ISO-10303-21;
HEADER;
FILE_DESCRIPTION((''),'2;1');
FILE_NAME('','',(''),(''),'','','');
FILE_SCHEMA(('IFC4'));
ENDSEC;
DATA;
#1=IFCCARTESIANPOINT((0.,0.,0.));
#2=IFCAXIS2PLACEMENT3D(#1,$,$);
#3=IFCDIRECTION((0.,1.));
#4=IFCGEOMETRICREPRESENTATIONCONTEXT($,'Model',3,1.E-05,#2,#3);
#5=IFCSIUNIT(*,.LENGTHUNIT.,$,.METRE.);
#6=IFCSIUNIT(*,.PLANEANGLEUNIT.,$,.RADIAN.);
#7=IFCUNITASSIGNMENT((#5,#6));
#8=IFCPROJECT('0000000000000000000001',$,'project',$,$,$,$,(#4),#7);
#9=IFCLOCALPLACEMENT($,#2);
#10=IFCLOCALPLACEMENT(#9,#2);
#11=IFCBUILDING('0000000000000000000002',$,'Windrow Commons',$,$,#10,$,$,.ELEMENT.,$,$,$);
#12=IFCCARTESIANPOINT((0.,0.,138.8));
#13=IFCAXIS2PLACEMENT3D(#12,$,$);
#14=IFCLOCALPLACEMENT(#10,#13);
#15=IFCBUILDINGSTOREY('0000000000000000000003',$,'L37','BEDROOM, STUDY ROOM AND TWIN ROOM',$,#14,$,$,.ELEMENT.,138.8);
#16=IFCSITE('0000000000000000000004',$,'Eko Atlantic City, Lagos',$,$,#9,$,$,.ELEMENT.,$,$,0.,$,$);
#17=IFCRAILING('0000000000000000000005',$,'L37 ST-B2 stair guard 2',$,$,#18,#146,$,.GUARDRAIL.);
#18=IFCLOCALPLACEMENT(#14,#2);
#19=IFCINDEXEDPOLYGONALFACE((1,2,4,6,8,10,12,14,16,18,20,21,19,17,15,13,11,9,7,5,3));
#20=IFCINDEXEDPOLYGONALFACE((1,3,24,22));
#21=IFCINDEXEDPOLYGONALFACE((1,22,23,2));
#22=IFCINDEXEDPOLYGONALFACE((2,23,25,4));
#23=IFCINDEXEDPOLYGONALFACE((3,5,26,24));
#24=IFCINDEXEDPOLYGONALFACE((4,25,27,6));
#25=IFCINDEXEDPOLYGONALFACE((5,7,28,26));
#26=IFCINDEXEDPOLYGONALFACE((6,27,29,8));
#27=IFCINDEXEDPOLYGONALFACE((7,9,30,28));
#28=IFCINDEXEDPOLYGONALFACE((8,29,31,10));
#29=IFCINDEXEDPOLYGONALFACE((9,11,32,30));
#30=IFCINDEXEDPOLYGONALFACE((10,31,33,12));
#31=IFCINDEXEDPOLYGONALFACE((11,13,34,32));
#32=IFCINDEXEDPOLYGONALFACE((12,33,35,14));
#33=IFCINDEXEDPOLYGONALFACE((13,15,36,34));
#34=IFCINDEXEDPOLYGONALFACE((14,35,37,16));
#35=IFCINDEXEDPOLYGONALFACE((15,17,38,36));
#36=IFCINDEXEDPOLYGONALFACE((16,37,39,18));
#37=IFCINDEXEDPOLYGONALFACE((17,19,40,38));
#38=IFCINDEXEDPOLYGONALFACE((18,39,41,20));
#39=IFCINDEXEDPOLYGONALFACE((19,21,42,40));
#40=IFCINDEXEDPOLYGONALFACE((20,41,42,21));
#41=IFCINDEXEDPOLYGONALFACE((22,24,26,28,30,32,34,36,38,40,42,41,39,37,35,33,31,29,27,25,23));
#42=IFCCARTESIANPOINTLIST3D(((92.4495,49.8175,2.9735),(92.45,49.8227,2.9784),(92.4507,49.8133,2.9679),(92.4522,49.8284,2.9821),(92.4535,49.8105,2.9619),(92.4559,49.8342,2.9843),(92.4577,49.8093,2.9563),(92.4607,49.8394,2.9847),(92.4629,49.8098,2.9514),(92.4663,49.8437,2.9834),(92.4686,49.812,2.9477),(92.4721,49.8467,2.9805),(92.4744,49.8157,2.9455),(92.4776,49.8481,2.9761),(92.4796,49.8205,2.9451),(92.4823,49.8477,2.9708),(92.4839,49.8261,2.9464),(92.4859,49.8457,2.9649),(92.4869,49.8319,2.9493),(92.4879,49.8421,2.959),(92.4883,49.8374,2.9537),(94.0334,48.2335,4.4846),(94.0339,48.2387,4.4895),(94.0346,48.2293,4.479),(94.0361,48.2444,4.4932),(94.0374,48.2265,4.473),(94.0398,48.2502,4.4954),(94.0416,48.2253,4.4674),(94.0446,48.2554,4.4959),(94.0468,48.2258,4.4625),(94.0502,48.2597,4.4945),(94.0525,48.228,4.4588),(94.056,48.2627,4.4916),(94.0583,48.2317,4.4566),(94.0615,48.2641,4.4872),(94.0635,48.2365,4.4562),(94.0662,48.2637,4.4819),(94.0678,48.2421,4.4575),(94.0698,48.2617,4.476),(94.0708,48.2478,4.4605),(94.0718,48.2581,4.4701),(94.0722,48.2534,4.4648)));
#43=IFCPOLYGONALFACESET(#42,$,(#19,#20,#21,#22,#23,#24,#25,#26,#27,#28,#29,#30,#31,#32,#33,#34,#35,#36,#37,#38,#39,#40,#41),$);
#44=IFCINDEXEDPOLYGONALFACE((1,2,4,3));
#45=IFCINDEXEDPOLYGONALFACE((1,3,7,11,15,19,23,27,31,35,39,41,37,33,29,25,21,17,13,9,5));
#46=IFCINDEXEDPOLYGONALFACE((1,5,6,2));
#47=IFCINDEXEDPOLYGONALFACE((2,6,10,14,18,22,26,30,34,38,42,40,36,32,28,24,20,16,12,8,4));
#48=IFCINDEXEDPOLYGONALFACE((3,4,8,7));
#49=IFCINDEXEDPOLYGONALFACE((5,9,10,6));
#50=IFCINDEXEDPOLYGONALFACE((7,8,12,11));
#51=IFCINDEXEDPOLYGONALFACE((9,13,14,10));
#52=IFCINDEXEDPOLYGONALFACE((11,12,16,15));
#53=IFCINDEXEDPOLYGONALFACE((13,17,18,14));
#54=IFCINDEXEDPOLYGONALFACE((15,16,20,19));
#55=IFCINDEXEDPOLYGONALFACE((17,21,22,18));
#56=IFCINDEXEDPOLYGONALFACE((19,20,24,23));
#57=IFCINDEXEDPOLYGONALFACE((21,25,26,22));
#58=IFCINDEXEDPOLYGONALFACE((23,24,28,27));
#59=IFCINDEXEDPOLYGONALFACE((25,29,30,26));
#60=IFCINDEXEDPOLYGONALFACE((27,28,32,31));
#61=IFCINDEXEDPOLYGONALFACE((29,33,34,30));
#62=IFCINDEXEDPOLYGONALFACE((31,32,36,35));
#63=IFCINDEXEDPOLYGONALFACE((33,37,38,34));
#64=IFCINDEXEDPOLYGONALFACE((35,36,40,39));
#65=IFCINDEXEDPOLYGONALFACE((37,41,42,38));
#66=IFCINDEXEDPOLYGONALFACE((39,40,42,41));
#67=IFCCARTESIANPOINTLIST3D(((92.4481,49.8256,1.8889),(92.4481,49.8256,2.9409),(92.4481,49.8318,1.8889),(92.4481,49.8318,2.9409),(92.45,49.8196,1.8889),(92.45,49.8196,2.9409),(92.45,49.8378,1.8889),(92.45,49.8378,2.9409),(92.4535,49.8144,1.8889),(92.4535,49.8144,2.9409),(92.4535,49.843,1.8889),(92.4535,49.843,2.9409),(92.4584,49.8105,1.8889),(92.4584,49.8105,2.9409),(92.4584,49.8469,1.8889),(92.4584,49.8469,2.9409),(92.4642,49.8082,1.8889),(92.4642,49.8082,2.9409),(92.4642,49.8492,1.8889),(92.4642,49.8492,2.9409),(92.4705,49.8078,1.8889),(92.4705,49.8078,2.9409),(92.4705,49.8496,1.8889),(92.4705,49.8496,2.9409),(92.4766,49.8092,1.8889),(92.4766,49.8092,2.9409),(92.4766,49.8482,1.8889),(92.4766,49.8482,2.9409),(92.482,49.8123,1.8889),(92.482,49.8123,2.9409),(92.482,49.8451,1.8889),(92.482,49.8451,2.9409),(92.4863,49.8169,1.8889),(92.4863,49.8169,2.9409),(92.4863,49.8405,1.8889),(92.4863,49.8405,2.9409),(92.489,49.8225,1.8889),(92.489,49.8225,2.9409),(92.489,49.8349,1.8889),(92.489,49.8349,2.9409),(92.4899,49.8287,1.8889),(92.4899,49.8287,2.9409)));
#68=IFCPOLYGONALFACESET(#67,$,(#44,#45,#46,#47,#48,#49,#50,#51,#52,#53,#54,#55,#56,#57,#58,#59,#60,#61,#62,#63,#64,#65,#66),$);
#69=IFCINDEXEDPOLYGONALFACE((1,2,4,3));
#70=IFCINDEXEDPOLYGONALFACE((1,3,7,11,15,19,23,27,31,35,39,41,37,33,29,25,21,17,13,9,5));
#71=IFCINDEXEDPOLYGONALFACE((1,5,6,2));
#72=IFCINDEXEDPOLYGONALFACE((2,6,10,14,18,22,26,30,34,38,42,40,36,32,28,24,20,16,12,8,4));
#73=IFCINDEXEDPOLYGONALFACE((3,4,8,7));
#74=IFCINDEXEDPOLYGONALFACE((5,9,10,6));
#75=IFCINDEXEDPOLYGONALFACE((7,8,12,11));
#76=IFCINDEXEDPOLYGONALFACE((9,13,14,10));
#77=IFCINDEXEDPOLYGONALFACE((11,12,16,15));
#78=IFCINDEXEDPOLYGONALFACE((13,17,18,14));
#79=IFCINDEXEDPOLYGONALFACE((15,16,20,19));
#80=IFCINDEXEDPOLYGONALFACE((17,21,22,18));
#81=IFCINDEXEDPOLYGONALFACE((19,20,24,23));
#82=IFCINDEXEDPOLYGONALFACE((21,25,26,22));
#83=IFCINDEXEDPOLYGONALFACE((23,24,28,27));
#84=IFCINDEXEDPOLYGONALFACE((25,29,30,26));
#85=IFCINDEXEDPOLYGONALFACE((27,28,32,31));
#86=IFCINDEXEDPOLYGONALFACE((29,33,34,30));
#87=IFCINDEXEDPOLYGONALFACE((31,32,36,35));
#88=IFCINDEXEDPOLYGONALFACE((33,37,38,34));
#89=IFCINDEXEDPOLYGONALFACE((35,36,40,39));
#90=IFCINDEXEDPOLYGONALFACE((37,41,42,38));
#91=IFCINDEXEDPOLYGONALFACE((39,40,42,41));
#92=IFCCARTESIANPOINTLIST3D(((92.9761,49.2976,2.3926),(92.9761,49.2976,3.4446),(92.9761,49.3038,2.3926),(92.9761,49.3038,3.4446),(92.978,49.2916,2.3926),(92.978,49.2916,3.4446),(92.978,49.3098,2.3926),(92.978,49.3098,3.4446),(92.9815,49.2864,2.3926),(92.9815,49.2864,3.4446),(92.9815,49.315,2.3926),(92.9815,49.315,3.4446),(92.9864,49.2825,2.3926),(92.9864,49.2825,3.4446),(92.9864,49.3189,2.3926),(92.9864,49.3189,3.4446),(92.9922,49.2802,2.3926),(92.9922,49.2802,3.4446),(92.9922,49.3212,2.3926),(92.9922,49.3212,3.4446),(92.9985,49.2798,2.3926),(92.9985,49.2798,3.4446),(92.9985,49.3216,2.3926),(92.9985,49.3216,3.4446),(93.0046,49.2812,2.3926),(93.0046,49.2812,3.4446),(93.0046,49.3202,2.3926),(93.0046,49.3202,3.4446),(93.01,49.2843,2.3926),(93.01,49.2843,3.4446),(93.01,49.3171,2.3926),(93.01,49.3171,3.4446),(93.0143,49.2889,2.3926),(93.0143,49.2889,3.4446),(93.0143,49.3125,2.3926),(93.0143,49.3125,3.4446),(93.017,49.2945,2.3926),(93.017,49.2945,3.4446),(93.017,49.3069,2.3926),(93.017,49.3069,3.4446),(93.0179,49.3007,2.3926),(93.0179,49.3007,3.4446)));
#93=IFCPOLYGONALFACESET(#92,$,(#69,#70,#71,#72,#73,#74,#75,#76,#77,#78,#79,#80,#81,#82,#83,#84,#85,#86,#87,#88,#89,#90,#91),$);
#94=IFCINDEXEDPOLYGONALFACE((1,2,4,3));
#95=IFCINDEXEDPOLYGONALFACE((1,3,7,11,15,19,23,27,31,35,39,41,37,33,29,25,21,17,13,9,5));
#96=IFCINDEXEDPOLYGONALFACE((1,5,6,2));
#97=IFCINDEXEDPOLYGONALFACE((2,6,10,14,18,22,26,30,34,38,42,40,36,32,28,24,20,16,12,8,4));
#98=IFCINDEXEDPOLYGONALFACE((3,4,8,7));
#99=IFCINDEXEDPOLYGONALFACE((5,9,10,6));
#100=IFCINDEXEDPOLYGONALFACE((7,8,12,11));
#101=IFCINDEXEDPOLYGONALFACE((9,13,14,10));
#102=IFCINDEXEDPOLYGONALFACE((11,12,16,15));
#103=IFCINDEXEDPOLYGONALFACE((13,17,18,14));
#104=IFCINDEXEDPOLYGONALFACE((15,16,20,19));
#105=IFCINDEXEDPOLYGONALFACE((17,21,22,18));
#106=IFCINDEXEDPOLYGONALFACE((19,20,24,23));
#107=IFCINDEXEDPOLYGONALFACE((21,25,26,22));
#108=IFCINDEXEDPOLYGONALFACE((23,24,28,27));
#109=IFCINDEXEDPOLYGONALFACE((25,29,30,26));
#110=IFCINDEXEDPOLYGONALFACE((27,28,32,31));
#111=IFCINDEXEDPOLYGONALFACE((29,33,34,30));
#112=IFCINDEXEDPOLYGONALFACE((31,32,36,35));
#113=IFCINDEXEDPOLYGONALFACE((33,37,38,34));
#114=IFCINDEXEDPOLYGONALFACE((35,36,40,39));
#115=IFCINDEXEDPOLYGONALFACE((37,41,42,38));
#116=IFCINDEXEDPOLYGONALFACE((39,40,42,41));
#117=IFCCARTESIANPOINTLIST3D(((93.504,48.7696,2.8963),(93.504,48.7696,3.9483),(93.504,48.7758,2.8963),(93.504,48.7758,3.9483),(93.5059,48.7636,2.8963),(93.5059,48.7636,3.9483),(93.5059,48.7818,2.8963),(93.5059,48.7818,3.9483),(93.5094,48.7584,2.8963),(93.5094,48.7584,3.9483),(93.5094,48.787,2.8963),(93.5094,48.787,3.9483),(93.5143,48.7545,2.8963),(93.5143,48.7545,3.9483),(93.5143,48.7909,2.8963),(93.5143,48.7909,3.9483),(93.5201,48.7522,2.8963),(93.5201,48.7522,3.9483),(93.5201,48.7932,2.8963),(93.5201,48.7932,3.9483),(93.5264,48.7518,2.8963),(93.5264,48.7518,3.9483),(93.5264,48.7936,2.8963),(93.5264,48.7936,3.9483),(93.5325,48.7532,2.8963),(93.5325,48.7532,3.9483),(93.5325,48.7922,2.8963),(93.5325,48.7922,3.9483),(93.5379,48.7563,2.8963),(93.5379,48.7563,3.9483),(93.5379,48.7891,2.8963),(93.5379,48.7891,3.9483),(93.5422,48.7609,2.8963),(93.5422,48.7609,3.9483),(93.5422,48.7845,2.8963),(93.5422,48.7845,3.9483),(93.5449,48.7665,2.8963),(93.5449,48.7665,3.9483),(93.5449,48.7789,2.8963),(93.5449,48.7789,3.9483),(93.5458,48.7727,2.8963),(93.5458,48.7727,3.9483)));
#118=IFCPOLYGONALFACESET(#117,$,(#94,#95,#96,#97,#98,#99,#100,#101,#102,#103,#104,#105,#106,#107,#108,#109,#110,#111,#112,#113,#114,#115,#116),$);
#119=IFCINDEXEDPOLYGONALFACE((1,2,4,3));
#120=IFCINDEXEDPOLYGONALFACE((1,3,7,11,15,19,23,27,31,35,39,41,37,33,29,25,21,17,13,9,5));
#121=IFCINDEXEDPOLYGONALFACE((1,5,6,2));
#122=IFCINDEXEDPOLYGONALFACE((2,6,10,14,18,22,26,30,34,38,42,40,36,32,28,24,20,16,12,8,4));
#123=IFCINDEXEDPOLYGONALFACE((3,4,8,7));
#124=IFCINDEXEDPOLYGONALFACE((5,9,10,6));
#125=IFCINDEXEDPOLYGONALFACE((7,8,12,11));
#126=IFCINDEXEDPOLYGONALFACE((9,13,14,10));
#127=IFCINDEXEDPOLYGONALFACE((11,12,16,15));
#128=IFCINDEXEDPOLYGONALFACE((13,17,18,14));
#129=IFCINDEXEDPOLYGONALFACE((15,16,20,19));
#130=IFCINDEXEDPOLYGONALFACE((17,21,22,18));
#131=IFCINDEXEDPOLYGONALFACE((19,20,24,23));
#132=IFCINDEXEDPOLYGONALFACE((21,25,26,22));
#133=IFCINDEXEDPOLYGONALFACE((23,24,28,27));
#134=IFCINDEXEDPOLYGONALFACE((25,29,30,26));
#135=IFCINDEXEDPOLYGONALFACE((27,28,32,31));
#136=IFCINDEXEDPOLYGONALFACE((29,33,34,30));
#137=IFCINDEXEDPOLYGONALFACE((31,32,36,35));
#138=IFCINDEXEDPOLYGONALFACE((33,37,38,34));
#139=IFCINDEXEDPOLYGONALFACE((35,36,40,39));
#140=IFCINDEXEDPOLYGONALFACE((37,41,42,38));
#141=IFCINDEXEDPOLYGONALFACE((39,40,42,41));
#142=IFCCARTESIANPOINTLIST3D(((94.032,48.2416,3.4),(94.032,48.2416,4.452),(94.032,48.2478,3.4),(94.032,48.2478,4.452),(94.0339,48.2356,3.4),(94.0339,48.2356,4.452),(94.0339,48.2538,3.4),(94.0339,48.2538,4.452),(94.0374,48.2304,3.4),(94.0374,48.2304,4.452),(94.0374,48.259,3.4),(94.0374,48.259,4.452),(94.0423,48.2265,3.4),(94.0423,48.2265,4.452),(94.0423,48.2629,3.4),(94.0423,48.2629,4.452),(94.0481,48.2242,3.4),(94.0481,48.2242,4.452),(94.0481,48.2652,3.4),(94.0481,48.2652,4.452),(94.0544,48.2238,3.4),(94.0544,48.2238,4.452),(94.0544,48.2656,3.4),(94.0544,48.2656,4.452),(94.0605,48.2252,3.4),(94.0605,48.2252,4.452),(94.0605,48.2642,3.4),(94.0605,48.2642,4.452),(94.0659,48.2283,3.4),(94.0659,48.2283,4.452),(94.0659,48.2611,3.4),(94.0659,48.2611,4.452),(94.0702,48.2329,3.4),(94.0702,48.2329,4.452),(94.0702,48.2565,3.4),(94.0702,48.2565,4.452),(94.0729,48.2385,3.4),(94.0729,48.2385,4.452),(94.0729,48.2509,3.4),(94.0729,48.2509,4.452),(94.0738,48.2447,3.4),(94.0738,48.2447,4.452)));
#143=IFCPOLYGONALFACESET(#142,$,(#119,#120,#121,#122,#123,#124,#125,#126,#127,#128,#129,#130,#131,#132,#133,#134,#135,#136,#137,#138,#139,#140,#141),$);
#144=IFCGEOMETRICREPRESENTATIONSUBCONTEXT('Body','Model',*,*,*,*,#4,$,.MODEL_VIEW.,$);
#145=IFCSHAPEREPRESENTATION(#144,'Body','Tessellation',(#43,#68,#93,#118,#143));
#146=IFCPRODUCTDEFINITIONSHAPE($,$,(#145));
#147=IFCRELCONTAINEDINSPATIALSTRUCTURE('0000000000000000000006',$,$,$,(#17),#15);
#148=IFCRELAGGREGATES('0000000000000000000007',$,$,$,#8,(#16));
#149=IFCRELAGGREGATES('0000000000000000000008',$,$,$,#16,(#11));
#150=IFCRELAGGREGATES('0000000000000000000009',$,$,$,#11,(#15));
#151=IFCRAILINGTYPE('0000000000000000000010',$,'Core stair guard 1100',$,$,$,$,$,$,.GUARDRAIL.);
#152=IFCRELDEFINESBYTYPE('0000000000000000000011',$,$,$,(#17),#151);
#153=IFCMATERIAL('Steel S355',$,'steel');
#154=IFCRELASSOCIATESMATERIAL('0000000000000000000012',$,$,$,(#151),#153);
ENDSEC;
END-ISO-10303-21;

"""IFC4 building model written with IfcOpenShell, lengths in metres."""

from ifc_helpers import new_model, si_unit, direction, frame, origin, origin_2d, place, context, subcontext, project, spatial, circle, extrude, material, type_object, element, save


model = new_model("IFC4")

# Units and contexts
model_context = context("Model", 3, precision=1e-05, world=origin(), true_north=direction((0.0, 1.0)))
body_context = subcontext(model_context, "Body", "Model", "MODEL_VIEW")
ifc_project = project(units=[si_unit("LENGTHUNIT", "METRE"), si_unit("PLANEANGLEUNIT", "RADIAN")], contexts=[model_context])

# Site, building, storey
site_placement = place(None, origin())
site = spatial("IfcSite", under=ifc_project, at=site_placement, Name="Eko Atlantic City, Lagos", CompositionType="ELEMENT", RefElevation=0.0)
building_placement = place(site_placement, origin())
building = spatial("IfcBuilding", under=site, at=building_placement, Name="Windrow Commons", CompositionType="ELEMENT")
storey_placement = place(building_placement, frame((0.0, 0.0, 138.8)))
storey = spatial("IfcBuildingStorey", under=building, at=storey_placement, Name="L37", Description="BEDROOM, STUDY ROOM AND TWIN ROOM", CompositionType="ELEMENT", Elevation=138.8)

# Railing
ifc_material_1 = material(Name="Steel S355", Category="steel")
railing_type_1 = type_object("IfcRailingType", Name="Core stair guard 1100", PredefinedType="GUARDRAIL", material=ifc_material_1)
railing_1_placement = place(storey_placement, frame((92.4689, 49.8287, 1.8889)))
element("IfcRailing", 1, at=railing_1_placement, inside=storey, type_object=railing_type_1, Name="L37 ST-B2 stair guard 2", PredefinedType="GUARDRAIL", context=body_context, shape_type="SweptSolid", body=[
    extrude(circle(Radius=0.024, at=origin_2d()), frame((0.0, 0.0, 1.076), z_axis=(0.586179, -0.586216, 0.559237), x_axis=(0.707129, 0.707084, 0.0)), (0.0, 0.0, 1.0), 2.7021),
    extrude(circle(Radius=0.021, at=origin_2d()), origin(), (0.0, 0.0, 1.0), 1.052),
    extrude(circle(Radius=0.021, at=origin_2d()), frame((0.528, -0.528, 0.5037)), (0.0, 0.0, 1.0), 1.052),
    extrude(circle(Radius=0.021, at=origin_2d()), frame((1.0559, -1.056, 1.0074)), (0.0, 0.0, 1.0), 1.052),
    extrude(circle(Radius=0.021, at=origin_2d()), frame((1.5839, -1.584, 1.5111)), (0.0, 0.0, 1.0), 1.052),
])

save(model, "model.ifc")
